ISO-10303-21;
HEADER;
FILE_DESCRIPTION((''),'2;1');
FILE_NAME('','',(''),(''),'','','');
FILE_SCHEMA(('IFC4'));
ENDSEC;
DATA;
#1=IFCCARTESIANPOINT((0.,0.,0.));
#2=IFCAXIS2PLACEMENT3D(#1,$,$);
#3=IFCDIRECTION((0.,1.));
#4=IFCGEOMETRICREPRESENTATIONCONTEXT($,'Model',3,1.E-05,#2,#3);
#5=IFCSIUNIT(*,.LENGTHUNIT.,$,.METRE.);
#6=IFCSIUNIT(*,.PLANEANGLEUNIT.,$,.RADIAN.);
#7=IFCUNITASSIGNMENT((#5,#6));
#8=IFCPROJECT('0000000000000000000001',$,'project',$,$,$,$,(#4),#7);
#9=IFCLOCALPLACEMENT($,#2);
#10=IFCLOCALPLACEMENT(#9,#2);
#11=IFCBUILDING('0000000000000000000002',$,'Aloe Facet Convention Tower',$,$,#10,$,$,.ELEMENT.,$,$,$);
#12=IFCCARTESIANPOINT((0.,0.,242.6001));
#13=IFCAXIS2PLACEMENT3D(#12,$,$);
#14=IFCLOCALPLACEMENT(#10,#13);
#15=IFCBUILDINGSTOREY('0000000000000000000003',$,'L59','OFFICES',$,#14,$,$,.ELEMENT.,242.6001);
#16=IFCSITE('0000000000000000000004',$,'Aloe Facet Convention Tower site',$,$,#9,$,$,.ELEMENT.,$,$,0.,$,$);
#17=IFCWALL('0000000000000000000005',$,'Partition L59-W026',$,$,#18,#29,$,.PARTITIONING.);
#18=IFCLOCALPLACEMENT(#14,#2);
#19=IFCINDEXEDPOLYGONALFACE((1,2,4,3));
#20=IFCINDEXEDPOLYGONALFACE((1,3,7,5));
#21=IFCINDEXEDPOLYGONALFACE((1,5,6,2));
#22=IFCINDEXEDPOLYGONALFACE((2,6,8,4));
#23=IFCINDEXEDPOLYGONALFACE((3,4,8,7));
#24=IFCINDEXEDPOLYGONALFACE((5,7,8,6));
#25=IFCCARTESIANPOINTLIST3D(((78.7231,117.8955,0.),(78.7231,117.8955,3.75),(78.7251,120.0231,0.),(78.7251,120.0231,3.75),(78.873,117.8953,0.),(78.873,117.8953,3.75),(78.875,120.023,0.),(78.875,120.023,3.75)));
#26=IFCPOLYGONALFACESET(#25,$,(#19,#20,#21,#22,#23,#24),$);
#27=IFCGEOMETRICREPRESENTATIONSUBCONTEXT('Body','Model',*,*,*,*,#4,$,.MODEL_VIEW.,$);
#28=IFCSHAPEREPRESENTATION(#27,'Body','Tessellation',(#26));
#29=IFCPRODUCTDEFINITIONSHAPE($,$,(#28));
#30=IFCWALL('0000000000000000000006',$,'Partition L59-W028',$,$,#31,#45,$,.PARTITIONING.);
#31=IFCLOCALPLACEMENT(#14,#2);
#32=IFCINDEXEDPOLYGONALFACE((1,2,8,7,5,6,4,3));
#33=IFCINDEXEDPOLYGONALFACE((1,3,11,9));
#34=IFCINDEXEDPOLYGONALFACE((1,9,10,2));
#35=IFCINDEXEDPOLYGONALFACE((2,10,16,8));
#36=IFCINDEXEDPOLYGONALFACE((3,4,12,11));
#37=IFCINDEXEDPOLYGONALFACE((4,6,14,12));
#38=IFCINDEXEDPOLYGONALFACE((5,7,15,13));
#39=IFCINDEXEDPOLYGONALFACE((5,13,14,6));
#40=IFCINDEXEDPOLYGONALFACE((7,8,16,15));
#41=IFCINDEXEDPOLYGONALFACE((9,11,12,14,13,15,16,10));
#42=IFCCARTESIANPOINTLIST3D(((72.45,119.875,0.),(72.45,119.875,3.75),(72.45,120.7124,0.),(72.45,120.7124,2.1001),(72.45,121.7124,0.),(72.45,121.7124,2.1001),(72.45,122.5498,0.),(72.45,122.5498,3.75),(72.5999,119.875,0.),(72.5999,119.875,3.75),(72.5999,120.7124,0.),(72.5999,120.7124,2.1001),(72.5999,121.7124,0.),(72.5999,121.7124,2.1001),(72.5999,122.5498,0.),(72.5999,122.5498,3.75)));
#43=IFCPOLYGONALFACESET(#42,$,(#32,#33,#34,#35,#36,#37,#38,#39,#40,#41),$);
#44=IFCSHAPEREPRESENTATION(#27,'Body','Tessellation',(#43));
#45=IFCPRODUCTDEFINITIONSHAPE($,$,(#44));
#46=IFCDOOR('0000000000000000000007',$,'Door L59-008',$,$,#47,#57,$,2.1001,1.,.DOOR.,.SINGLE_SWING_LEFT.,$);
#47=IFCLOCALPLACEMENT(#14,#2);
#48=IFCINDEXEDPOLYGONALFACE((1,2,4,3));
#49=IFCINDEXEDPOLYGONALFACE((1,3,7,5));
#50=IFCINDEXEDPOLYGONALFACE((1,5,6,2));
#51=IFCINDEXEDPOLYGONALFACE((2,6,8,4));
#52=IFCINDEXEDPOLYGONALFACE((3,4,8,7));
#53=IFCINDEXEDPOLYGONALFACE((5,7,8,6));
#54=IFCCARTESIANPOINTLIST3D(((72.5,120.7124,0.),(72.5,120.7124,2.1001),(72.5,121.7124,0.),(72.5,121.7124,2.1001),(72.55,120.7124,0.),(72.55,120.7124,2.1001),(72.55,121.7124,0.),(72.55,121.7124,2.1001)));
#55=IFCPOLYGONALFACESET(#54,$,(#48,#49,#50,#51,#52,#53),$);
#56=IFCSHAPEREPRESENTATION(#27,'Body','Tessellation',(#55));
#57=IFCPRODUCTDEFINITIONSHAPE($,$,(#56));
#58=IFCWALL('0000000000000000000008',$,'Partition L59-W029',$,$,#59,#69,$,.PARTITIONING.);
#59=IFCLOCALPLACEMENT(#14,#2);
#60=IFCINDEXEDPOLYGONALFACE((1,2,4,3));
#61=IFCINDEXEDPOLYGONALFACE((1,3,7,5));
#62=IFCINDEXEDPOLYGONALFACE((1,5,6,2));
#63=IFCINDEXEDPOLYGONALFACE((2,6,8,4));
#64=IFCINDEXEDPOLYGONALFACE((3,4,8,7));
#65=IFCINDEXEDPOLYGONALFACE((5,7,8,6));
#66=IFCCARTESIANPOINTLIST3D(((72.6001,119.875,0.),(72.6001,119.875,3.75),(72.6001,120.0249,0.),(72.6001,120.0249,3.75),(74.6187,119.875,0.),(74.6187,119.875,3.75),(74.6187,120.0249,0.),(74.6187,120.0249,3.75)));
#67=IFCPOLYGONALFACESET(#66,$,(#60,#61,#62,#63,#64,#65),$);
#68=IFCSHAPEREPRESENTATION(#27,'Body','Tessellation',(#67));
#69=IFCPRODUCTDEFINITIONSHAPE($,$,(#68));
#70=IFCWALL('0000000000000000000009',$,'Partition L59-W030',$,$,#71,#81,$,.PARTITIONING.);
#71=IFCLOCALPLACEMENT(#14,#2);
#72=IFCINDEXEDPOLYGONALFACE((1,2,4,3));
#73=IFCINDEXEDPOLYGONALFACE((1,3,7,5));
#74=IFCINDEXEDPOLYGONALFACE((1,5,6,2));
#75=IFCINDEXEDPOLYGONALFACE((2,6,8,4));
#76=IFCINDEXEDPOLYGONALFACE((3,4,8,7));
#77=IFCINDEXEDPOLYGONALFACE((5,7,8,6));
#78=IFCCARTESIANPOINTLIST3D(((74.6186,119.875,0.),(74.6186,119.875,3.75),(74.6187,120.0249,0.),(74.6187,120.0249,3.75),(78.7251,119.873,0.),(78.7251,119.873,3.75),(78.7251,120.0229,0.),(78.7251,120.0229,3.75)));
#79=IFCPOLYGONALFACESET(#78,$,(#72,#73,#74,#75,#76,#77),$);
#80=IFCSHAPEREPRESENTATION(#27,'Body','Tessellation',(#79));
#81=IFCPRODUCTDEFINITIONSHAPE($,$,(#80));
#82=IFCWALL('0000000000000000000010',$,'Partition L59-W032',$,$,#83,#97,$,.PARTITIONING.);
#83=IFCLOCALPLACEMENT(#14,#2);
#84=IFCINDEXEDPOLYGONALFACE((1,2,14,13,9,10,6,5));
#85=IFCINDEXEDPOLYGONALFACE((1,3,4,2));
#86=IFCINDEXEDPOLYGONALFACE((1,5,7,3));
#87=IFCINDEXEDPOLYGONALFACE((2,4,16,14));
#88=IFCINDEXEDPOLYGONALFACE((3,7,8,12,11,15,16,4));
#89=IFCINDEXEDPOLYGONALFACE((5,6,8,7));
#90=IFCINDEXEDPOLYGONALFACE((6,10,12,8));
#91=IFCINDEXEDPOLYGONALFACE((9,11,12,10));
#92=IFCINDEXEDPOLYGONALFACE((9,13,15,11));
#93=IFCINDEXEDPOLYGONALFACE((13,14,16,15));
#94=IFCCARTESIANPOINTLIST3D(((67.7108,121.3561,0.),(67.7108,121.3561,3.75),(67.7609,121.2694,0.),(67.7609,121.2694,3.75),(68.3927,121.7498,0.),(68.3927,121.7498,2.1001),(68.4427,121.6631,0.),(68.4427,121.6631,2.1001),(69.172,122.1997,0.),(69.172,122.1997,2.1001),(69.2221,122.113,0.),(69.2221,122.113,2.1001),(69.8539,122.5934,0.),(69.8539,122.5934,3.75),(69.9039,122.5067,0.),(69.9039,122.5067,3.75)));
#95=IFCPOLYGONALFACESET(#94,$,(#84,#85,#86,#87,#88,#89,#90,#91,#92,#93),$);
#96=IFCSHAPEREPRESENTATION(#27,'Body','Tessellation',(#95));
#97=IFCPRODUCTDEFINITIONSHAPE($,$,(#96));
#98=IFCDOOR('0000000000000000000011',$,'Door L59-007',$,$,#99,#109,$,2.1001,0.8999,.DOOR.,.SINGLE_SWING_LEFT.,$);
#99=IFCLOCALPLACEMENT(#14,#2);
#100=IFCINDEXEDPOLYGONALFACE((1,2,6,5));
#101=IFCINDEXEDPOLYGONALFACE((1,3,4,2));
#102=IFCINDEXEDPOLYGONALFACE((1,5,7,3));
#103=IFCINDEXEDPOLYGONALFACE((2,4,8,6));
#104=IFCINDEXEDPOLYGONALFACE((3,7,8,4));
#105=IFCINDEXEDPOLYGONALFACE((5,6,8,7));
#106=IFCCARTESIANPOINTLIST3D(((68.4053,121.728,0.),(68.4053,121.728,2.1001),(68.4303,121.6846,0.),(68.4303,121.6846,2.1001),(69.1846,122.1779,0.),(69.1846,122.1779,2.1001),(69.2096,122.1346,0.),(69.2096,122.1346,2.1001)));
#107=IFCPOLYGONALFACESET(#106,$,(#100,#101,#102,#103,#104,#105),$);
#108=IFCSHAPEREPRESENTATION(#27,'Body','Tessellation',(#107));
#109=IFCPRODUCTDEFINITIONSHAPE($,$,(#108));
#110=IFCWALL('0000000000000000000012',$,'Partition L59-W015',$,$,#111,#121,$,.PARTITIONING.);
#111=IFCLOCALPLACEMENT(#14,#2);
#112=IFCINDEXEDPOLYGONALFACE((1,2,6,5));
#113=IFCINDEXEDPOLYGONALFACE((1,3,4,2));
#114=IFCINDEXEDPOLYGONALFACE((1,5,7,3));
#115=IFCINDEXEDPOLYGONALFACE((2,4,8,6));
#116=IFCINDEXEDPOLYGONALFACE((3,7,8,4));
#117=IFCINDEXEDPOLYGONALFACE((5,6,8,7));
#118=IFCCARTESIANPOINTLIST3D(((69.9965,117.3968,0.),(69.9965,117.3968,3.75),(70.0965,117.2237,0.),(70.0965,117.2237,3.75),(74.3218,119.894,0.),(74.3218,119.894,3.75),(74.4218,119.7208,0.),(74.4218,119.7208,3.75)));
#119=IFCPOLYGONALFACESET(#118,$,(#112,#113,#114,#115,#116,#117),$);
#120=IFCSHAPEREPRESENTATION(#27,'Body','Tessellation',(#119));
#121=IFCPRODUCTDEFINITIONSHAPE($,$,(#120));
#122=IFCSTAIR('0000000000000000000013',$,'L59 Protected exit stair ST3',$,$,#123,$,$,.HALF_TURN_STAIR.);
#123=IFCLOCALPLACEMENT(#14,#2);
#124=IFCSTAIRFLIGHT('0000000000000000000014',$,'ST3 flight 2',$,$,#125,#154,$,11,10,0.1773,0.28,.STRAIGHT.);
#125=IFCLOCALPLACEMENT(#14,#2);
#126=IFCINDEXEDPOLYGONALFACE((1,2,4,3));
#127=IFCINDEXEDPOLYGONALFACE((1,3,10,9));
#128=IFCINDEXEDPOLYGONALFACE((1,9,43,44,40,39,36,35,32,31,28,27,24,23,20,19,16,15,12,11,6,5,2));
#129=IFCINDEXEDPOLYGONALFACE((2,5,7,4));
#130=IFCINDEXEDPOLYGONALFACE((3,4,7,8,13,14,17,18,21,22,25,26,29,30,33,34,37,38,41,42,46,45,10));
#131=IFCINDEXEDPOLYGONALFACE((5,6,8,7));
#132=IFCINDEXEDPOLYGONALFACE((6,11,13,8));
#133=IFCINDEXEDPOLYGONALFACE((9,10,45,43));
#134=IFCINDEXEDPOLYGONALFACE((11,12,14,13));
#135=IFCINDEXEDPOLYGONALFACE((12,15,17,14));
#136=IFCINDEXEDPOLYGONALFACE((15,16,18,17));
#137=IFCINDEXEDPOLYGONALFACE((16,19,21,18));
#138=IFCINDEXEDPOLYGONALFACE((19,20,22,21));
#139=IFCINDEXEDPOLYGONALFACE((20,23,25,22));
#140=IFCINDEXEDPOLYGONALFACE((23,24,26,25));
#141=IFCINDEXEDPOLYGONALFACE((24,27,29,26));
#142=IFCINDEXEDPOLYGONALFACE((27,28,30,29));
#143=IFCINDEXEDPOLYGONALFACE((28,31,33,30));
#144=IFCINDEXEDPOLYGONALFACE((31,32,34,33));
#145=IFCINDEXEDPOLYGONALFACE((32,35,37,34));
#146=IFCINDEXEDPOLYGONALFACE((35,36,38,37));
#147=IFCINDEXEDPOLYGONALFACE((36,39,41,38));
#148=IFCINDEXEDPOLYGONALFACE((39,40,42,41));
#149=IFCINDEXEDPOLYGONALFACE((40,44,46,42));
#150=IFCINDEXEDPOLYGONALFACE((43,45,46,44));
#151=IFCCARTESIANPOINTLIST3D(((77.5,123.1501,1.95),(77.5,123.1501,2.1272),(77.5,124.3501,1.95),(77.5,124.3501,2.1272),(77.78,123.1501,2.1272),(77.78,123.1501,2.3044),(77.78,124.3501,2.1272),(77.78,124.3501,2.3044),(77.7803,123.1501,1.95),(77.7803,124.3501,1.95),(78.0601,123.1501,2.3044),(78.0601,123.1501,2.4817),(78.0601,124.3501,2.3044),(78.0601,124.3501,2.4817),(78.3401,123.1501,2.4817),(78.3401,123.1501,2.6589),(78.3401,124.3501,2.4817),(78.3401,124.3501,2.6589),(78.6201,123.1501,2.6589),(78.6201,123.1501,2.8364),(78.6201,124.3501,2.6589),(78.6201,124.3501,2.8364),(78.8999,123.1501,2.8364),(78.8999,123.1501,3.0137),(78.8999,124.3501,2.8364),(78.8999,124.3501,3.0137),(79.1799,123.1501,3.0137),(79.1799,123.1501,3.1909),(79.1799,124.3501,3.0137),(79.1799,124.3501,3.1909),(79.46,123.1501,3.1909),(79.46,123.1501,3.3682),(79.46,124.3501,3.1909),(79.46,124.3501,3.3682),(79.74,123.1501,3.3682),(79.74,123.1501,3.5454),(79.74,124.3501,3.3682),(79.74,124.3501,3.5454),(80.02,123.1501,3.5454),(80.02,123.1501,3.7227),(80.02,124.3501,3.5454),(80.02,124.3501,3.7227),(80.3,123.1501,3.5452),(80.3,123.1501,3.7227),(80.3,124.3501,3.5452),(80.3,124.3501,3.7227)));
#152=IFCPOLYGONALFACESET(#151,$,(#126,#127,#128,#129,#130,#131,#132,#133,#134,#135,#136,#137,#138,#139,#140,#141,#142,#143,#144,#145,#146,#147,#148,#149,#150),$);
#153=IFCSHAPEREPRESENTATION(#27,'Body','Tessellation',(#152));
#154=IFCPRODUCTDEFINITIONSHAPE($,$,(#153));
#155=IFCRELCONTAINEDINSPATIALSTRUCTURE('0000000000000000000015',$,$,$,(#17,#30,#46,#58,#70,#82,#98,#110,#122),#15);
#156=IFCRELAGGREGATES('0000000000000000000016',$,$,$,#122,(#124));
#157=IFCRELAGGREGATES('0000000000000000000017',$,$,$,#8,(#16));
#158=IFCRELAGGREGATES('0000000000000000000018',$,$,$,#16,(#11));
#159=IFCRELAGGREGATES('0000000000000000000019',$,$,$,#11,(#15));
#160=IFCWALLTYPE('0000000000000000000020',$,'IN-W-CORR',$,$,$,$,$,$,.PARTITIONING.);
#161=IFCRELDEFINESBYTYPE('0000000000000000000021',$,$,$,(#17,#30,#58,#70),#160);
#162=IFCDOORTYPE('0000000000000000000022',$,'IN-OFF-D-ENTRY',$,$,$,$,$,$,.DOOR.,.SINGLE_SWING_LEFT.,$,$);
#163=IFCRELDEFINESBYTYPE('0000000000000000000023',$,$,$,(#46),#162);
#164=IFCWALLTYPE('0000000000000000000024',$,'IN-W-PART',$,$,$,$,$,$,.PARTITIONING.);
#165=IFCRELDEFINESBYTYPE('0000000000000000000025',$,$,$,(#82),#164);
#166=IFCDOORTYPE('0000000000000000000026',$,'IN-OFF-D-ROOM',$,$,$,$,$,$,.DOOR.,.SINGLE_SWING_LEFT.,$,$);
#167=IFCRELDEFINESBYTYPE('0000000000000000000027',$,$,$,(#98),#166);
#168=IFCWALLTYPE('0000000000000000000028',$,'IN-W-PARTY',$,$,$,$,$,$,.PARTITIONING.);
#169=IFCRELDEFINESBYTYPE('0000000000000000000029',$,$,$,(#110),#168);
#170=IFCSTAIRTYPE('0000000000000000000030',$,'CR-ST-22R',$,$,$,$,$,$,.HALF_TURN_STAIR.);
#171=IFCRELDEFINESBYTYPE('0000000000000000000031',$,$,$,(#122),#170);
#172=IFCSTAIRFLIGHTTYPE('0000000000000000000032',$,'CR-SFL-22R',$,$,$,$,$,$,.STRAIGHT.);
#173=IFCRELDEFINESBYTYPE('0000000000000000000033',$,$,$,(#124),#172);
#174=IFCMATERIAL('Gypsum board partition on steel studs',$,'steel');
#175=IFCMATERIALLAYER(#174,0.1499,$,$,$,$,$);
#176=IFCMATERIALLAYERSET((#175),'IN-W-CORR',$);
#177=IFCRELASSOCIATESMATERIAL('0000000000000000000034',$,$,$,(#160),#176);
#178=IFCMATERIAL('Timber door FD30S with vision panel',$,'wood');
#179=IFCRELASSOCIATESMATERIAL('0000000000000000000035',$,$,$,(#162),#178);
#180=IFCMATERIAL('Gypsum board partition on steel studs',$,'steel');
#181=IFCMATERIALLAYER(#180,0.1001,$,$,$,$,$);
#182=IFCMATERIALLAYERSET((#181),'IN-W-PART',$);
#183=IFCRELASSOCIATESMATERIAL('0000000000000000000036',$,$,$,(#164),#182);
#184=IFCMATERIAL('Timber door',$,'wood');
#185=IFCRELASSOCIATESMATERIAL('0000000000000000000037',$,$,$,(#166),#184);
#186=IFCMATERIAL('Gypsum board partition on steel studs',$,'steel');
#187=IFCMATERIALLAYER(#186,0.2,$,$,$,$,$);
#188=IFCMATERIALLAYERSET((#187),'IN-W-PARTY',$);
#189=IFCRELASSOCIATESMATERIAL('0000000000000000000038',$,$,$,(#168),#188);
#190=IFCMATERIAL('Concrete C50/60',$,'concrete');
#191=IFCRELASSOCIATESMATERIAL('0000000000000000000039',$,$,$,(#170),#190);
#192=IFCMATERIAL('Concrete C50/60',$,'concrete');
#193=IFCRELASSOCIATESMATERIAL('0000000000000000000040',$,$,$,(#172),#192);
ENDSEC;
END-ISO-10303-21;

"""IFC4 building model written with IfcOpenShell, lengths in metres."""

from ifc_helpers import new_model, si_unit, direction, frame, frame_2d, origin, place, context, subcontext, project, spatial, polyline, rectangle, outline, extrude, material, layer, layer_set, type_object, element, fill, aggregate, save


model = new_model("IFC4")

# Units and contexts
model_context = context("Model", 3, precision=1e-05, world=origin(), true_north=direction((0.0, 1.0)))
body_context = subcontext(model_context, "Body", "Model", "MODEL_VIEW")
ifc_project = project(units=[si_unit("LENGTHUNIT", "METRE"), si_unit("PLANEANGLEUNIT", "RADIAN")], contexts=[model_context])

# Site, building, storey
site_placement = place(None, origin())
site = spatial("IfcSite", under=ifc_project, at=site_placement, Name="Aloe Facet Convention Tower site", CompositionType="ELEMENT", RefElevation=0.0)
building_placement = place(site_placement, origin())
building = spatial("IfcBuilding", under=site, at=building_placement, Name="Aloe Facet Convention Tower", CompositionType="ELEMENT")
storey_placement = place(building_placement, frame((0.0, 0.0, 242.6001)))
storey = spatial("IfcBuildingStorey", under=building, at=storey_placement, Name="L59", Description="OFFICES", CompositionType="ELEMENT", Elevation=242.6001)

# Shared definitions
ifc_material_1 = material(Name="Gypsum board partition on steel studs", Category="steel")
ifc_layer_1 = layer(ifc_material_1, 0.1499)
ifc_layer_set_1 = layer_set([ifc_layer_1], Name="IN-W-CORR")
wall_type_1 = type_object("IfcWallType", Name="IN-W-CORR", PredefinedType="PARTITIONING", material=ifc_layer_set_1)

# Shared definitions
ifc_material_2 = material(Name="Timber door FD30S with vision panel", Category="wood")
door_type_1 = type_object("IfcDoorType", Name="IN-OFF-D-ENTRY", OperationType="SINGLE_SWING_LEFT", PredefinedType="DOOR", material=ifc_material_2)

# Wall
wall_1_placement = place(storey_placement, frame((78.7981, 117.8953, 0.0), z_axis=(0.0, 0.0, 1.0), x_axis=(0.000918, 1.0, 0.0)))
element("IfcWall", 1, at=wall_1_placement, inside=storey, type_object=wall_type_1, Name="Partition L59-W026", PredefinedType="PARTITIONING", context=body_context, shape_type="SweptSolid", body=[
    extrude(rectangle(XDim=2.1277, YDim=0.1499, at=frame_2d((1.064, 0.0))), origin(), (0.0, 0.0, 1.0), 3.75),
])

# Wall, opening, door
wall_2_placement = place(storey_placement, frame((72.5249, 119.875, 0.0), z_axis=(0.0, 0.0, 1.0), x_axis=(0.0, 1.0, 0.0)))
wall_2 = element("IfcWall", 2, at=wall_2_placement, inside=storey, type_object=wall_type_1, Name="Partition L59-W028", PredefinedType="PARTITIONING", context=body_context, shape_type="SweptSolid", body=[
    extrude(rectangle(XDim=2.6748, YDim=0.1499, at=frame_2d((1.3374, 0.0))), origin(), (0.0, 0.0, 1.0), 3.75),
])
opening_1_placement = place(wall_2_placement, frame((0.8374, 0.0, 0.0)))
opening_1 = element("IfcOpeningElement", 3, at=opening_1_placement, cuts=wall_2, PredefinedType="OPENING", context=body_context, shape_type="SweptSolid", body=[
    extrude(rectangle(XDim=1.0, YDim=2.1001, at=frame_2d((0.5, 1.05))), frame((0.0, 0.085, 0.0), z_axis=(0.0, -1.0, 0.0), x_axis=(1.0, 0.0, 0.0)), (0.0, 0.0, 1.0), 0.1699),
])
door_1_placement = place(opening_1_placement, origin())
door_1 = element("IfcDoor", 4, at=door_1_placement, inside=storey, type_object=door_type_1, Name="Door L59-008", OperationType="SINGLE_SWING_LEFT", OverallHeight=2.1001, OverallWidth=1.0, PredefinedType="DOOR", context=body_context, shape_type="SweptSolid", body=[
    extrude(rectangle(XDim=1.0, YDim=2.1001, at=frame_2d((0.5, 1.05))), frame((0.0, 0.0249, 0.0), z_axis=(0.0, -1.0, 0.0), x_axis=(1.0, 0.0, 0.0)), (0.0, 0.0, 1.0), 0.05),
])
fill(opening_1, door_1)

# Walls
wall_3_placement = place(storey_placement, frame((72.6001, 119.95, 0.0), z_axis=(0.0, 0.0, 1.0), x_axis=(1.0, 0.0, 0.0)))
element("IfcWall", 5, at=wall_3_placement, inside=storey, type_object=wall_type_1, Name="Partition L59-W029", PredefinedType="PARTITIONING", context=body_context, shape_type="SweptSolid", body=[
    extrude(rectangle(XDim=2.0186, YDim=0.1499, at=frame_2d((1.0093, 0.0))), origin(), (0.0, 0.0, 1.0), 3.75),
])
wall_4_placement = place(storey_placement, frame((74.6187, 119.95, 0.0), z_axis=(0.0, 0.0, 1.0), x_axis=(1.0, -0.000476, 0.0)))
element("IfcWall", 6, at=wall_4_placement, inside=storey, type_object=wall_type_1, Name="Partition L59-W030", PredefinedType="PARTITIONING", context=body_context, shape_type="SweptSolid", body=[
    extrude(rectangle(XDim=4.1064, YDim=0.1499, at=frame_2d((2.0532, 0.0))), origin(), (0.0, 0.0, 1.0), 3.75),
])

# Wall, opening, door
ifc_material_3 = material(Name="Gypsum board partition on steel studs", Category="steel")
ifc_layer_2 = layer(ifc_material_3, 0.1001)
ifc_layer_set_2 = layer_set([ifc_layer_2], Name="IN-W-PART")
wall_type_2 = type_object("IfcWallType", Name="IN-W-PART", PredefinedType="PARTITIONING", material=ifc_layer_set_2)
wall_5_placement = place(storey_placement, frame((67.7358, 121.3127, 0.0), z_axis=(0.0, 0.0, 1.0), x_axis=(0.866025, 0.500001, 0.0)))
wall_5 = element("IfcWall", 7, at=wall_5_placement, inside=storey, type_object=wall_type_2, Name="Partition L59-W032", PredefinedType="PARTITIONING", context=body_context, shape_type="SweptSolid", body=[
    extrude(rectangle(XDim=2.4746, YDim=0.1001, at=frame_2d((1.2373, 0.0))), origin(), (0.0, 0.0, 1.0), 3.75),
])
opening_2_placement = place(wall_5_placement, frame((0.7874, 0.0, 0.0)))
opening_2 = element("IfcOpeningElement", 8, at=opening_2_placement, cuts=wall_5, PredefinedType="OPENING", context=body_context, shape_type="SweptSolid", body=[
    extrude(rectangle(XDim=0.8999, YDim=2.1001, at=frame_2d((0.45, 1.05))), frame((0.0, 0.0601, 0.0), z_axis=(0.0, -1.0, 0.0), x_axis=(1.0, 0.0, 0.0)), (0.0, 0.0, 1.0), 0.1201),
])
ifc_material_4 = material(Name="Timber door", Category="wood")
door_type_2 = type_object("IfcDoorType", Name="IN-OFF-D-ROOM", OperationType="SINGLE_SWING_LEFT", PredefinedType="DOOR", material=ifc_material_4)
door_2_placement = place(opening_2_placement, origin())
door_2 = element("IfcDoor", 9, at=door_2_placement, inside=storey, type_object=door_type_2, Name="Door L59-007", OperationType="SINGLE_SWING_LEFT", OverallHeight=2.1001, OverallWidth=0.8999, PredefinedType="DOOR", context=body_context, shape_type="SweptSolid", body=[
    extrude(rectangle(XDim=0.8999, YDim=2.1001, at=frame_2d((0.45, 1.05))), frame((0.0, 0.0249, 0.0), z_axis=(0.0, -1.0, 0.0), x_axis=(1.0, 0.0, 0.0)), (0.0, 0.0, 1.0), 0.05),
])
fill(opening_2, door_2)

# Wall
ifc_material_5 = material(Name="Gypsum board partition on steel studs", Category="steel")
ifc_layer_3 = layer(ifc_material_5, 0.2)
ifc_layer_set_3 = layer_set([ifc_layer_3], Name="IN-W-PARTY")
wall_type_3 = type_object("IfcWallType", Name="IN-W-PARTY", PredefinedType="PARTITIONING", material=ifc_layer_set_3)
wall_6_placement = place(storey_placement, frame((70.0466, 117.3103, 0.0), z_axis=(0.0, 0.0, 1.0), x_axis=(0.866033, 0.499988, 0.0)))
element("IfcWall", 10, at=wall_6_placement, inside=storey, type_object=wall_type_3, Name="Partition L59-W015", PredefinedType="PARTITIONING", context=body_context, shape_type="SweptSolid", body=[
    extrude(rectangle(XDim=4.9944, YDim=0.2, at=frame_2d((2.4971, 0.0))), origin(), (0.0, 0.0, 1.0), 3.75),
])

# Stair, stair flight
ifc_material_6 = material(Name="Concrete C50/60", Category="concrete")
stair_type = type_object("IfcStairType", Name="CR-ST-22R", PredefinedType="HALF_TURN_STAIR", material=ifc_material_6)
stair_placement = place(storey_placement, origin())
stair = element("IfcStair", 11, at=stair_placement, inside=storey, type_object=stair_type, Name="L59 Protected exit stair ST3", PredefinedType="HALF_TURN_STAIR")
ifc_material_7 = material(Name="Concrete C50/60", Category="concrete")
stair_flight_type = type_object("IfcStairFlightType", Name="CR-SFL-22R", PredefinedType="STRAIGHT", material=ifc_material_7)
stair_flight_placement = place(storey_placement, frame((77.5, 123.75, 1.95), z_axis=(0.0, 0.0, 1.0), x_axis=(1.0, 0.0, 0.0)))
stair_flight = element("IfcStairFlight", 12, at=stair_flight_placement, type_object=stair_flight_type, Name="ST3 flight 2", NumberOfRisers=11, NumberOfTreads=10, PredefinedType="STRAIGHT", RiserHeight=0.1773, TreadLength=0.28, context=body_context, shape_type="SweptSolid", body=[
    extrude(outline(polyline([(0.0, 0.0), (0.0, 0.1772), (0.28, 0.1772), (0.28, 0.3545), (0.5601, 0.3545), (0.5601, 0.5317), (0.8401, 0.5317), (0.8401, 0.709), (1.1201, 0.709), (1.1201, 0.8865), (1.3999, 0.8865), (1.3999, 1.0637), (1.6799, 1.0637), (1.6799, 1.241), (1.96, 1.241), (1.96, 1.4182), (2.24, 1.4182), (2.24, 1.5955), (2.52, 1.5955), (2.52, 1.7727), (2.8, 1.7727), (2.8, 1.95), (2.8, 1.5952), (0.2803, 0.0), (0.0, 0.0)])), frame((0.0, 0.6001, 0.0), z_axis=(0.0, -1.0, 0.0), x_axis=(1.0, 0.0, 0.0)), (0.0, 0.0, 1.0), 1.2),
])
aggregate(stair, [stair_flight])

save(model, "model.ifc")
